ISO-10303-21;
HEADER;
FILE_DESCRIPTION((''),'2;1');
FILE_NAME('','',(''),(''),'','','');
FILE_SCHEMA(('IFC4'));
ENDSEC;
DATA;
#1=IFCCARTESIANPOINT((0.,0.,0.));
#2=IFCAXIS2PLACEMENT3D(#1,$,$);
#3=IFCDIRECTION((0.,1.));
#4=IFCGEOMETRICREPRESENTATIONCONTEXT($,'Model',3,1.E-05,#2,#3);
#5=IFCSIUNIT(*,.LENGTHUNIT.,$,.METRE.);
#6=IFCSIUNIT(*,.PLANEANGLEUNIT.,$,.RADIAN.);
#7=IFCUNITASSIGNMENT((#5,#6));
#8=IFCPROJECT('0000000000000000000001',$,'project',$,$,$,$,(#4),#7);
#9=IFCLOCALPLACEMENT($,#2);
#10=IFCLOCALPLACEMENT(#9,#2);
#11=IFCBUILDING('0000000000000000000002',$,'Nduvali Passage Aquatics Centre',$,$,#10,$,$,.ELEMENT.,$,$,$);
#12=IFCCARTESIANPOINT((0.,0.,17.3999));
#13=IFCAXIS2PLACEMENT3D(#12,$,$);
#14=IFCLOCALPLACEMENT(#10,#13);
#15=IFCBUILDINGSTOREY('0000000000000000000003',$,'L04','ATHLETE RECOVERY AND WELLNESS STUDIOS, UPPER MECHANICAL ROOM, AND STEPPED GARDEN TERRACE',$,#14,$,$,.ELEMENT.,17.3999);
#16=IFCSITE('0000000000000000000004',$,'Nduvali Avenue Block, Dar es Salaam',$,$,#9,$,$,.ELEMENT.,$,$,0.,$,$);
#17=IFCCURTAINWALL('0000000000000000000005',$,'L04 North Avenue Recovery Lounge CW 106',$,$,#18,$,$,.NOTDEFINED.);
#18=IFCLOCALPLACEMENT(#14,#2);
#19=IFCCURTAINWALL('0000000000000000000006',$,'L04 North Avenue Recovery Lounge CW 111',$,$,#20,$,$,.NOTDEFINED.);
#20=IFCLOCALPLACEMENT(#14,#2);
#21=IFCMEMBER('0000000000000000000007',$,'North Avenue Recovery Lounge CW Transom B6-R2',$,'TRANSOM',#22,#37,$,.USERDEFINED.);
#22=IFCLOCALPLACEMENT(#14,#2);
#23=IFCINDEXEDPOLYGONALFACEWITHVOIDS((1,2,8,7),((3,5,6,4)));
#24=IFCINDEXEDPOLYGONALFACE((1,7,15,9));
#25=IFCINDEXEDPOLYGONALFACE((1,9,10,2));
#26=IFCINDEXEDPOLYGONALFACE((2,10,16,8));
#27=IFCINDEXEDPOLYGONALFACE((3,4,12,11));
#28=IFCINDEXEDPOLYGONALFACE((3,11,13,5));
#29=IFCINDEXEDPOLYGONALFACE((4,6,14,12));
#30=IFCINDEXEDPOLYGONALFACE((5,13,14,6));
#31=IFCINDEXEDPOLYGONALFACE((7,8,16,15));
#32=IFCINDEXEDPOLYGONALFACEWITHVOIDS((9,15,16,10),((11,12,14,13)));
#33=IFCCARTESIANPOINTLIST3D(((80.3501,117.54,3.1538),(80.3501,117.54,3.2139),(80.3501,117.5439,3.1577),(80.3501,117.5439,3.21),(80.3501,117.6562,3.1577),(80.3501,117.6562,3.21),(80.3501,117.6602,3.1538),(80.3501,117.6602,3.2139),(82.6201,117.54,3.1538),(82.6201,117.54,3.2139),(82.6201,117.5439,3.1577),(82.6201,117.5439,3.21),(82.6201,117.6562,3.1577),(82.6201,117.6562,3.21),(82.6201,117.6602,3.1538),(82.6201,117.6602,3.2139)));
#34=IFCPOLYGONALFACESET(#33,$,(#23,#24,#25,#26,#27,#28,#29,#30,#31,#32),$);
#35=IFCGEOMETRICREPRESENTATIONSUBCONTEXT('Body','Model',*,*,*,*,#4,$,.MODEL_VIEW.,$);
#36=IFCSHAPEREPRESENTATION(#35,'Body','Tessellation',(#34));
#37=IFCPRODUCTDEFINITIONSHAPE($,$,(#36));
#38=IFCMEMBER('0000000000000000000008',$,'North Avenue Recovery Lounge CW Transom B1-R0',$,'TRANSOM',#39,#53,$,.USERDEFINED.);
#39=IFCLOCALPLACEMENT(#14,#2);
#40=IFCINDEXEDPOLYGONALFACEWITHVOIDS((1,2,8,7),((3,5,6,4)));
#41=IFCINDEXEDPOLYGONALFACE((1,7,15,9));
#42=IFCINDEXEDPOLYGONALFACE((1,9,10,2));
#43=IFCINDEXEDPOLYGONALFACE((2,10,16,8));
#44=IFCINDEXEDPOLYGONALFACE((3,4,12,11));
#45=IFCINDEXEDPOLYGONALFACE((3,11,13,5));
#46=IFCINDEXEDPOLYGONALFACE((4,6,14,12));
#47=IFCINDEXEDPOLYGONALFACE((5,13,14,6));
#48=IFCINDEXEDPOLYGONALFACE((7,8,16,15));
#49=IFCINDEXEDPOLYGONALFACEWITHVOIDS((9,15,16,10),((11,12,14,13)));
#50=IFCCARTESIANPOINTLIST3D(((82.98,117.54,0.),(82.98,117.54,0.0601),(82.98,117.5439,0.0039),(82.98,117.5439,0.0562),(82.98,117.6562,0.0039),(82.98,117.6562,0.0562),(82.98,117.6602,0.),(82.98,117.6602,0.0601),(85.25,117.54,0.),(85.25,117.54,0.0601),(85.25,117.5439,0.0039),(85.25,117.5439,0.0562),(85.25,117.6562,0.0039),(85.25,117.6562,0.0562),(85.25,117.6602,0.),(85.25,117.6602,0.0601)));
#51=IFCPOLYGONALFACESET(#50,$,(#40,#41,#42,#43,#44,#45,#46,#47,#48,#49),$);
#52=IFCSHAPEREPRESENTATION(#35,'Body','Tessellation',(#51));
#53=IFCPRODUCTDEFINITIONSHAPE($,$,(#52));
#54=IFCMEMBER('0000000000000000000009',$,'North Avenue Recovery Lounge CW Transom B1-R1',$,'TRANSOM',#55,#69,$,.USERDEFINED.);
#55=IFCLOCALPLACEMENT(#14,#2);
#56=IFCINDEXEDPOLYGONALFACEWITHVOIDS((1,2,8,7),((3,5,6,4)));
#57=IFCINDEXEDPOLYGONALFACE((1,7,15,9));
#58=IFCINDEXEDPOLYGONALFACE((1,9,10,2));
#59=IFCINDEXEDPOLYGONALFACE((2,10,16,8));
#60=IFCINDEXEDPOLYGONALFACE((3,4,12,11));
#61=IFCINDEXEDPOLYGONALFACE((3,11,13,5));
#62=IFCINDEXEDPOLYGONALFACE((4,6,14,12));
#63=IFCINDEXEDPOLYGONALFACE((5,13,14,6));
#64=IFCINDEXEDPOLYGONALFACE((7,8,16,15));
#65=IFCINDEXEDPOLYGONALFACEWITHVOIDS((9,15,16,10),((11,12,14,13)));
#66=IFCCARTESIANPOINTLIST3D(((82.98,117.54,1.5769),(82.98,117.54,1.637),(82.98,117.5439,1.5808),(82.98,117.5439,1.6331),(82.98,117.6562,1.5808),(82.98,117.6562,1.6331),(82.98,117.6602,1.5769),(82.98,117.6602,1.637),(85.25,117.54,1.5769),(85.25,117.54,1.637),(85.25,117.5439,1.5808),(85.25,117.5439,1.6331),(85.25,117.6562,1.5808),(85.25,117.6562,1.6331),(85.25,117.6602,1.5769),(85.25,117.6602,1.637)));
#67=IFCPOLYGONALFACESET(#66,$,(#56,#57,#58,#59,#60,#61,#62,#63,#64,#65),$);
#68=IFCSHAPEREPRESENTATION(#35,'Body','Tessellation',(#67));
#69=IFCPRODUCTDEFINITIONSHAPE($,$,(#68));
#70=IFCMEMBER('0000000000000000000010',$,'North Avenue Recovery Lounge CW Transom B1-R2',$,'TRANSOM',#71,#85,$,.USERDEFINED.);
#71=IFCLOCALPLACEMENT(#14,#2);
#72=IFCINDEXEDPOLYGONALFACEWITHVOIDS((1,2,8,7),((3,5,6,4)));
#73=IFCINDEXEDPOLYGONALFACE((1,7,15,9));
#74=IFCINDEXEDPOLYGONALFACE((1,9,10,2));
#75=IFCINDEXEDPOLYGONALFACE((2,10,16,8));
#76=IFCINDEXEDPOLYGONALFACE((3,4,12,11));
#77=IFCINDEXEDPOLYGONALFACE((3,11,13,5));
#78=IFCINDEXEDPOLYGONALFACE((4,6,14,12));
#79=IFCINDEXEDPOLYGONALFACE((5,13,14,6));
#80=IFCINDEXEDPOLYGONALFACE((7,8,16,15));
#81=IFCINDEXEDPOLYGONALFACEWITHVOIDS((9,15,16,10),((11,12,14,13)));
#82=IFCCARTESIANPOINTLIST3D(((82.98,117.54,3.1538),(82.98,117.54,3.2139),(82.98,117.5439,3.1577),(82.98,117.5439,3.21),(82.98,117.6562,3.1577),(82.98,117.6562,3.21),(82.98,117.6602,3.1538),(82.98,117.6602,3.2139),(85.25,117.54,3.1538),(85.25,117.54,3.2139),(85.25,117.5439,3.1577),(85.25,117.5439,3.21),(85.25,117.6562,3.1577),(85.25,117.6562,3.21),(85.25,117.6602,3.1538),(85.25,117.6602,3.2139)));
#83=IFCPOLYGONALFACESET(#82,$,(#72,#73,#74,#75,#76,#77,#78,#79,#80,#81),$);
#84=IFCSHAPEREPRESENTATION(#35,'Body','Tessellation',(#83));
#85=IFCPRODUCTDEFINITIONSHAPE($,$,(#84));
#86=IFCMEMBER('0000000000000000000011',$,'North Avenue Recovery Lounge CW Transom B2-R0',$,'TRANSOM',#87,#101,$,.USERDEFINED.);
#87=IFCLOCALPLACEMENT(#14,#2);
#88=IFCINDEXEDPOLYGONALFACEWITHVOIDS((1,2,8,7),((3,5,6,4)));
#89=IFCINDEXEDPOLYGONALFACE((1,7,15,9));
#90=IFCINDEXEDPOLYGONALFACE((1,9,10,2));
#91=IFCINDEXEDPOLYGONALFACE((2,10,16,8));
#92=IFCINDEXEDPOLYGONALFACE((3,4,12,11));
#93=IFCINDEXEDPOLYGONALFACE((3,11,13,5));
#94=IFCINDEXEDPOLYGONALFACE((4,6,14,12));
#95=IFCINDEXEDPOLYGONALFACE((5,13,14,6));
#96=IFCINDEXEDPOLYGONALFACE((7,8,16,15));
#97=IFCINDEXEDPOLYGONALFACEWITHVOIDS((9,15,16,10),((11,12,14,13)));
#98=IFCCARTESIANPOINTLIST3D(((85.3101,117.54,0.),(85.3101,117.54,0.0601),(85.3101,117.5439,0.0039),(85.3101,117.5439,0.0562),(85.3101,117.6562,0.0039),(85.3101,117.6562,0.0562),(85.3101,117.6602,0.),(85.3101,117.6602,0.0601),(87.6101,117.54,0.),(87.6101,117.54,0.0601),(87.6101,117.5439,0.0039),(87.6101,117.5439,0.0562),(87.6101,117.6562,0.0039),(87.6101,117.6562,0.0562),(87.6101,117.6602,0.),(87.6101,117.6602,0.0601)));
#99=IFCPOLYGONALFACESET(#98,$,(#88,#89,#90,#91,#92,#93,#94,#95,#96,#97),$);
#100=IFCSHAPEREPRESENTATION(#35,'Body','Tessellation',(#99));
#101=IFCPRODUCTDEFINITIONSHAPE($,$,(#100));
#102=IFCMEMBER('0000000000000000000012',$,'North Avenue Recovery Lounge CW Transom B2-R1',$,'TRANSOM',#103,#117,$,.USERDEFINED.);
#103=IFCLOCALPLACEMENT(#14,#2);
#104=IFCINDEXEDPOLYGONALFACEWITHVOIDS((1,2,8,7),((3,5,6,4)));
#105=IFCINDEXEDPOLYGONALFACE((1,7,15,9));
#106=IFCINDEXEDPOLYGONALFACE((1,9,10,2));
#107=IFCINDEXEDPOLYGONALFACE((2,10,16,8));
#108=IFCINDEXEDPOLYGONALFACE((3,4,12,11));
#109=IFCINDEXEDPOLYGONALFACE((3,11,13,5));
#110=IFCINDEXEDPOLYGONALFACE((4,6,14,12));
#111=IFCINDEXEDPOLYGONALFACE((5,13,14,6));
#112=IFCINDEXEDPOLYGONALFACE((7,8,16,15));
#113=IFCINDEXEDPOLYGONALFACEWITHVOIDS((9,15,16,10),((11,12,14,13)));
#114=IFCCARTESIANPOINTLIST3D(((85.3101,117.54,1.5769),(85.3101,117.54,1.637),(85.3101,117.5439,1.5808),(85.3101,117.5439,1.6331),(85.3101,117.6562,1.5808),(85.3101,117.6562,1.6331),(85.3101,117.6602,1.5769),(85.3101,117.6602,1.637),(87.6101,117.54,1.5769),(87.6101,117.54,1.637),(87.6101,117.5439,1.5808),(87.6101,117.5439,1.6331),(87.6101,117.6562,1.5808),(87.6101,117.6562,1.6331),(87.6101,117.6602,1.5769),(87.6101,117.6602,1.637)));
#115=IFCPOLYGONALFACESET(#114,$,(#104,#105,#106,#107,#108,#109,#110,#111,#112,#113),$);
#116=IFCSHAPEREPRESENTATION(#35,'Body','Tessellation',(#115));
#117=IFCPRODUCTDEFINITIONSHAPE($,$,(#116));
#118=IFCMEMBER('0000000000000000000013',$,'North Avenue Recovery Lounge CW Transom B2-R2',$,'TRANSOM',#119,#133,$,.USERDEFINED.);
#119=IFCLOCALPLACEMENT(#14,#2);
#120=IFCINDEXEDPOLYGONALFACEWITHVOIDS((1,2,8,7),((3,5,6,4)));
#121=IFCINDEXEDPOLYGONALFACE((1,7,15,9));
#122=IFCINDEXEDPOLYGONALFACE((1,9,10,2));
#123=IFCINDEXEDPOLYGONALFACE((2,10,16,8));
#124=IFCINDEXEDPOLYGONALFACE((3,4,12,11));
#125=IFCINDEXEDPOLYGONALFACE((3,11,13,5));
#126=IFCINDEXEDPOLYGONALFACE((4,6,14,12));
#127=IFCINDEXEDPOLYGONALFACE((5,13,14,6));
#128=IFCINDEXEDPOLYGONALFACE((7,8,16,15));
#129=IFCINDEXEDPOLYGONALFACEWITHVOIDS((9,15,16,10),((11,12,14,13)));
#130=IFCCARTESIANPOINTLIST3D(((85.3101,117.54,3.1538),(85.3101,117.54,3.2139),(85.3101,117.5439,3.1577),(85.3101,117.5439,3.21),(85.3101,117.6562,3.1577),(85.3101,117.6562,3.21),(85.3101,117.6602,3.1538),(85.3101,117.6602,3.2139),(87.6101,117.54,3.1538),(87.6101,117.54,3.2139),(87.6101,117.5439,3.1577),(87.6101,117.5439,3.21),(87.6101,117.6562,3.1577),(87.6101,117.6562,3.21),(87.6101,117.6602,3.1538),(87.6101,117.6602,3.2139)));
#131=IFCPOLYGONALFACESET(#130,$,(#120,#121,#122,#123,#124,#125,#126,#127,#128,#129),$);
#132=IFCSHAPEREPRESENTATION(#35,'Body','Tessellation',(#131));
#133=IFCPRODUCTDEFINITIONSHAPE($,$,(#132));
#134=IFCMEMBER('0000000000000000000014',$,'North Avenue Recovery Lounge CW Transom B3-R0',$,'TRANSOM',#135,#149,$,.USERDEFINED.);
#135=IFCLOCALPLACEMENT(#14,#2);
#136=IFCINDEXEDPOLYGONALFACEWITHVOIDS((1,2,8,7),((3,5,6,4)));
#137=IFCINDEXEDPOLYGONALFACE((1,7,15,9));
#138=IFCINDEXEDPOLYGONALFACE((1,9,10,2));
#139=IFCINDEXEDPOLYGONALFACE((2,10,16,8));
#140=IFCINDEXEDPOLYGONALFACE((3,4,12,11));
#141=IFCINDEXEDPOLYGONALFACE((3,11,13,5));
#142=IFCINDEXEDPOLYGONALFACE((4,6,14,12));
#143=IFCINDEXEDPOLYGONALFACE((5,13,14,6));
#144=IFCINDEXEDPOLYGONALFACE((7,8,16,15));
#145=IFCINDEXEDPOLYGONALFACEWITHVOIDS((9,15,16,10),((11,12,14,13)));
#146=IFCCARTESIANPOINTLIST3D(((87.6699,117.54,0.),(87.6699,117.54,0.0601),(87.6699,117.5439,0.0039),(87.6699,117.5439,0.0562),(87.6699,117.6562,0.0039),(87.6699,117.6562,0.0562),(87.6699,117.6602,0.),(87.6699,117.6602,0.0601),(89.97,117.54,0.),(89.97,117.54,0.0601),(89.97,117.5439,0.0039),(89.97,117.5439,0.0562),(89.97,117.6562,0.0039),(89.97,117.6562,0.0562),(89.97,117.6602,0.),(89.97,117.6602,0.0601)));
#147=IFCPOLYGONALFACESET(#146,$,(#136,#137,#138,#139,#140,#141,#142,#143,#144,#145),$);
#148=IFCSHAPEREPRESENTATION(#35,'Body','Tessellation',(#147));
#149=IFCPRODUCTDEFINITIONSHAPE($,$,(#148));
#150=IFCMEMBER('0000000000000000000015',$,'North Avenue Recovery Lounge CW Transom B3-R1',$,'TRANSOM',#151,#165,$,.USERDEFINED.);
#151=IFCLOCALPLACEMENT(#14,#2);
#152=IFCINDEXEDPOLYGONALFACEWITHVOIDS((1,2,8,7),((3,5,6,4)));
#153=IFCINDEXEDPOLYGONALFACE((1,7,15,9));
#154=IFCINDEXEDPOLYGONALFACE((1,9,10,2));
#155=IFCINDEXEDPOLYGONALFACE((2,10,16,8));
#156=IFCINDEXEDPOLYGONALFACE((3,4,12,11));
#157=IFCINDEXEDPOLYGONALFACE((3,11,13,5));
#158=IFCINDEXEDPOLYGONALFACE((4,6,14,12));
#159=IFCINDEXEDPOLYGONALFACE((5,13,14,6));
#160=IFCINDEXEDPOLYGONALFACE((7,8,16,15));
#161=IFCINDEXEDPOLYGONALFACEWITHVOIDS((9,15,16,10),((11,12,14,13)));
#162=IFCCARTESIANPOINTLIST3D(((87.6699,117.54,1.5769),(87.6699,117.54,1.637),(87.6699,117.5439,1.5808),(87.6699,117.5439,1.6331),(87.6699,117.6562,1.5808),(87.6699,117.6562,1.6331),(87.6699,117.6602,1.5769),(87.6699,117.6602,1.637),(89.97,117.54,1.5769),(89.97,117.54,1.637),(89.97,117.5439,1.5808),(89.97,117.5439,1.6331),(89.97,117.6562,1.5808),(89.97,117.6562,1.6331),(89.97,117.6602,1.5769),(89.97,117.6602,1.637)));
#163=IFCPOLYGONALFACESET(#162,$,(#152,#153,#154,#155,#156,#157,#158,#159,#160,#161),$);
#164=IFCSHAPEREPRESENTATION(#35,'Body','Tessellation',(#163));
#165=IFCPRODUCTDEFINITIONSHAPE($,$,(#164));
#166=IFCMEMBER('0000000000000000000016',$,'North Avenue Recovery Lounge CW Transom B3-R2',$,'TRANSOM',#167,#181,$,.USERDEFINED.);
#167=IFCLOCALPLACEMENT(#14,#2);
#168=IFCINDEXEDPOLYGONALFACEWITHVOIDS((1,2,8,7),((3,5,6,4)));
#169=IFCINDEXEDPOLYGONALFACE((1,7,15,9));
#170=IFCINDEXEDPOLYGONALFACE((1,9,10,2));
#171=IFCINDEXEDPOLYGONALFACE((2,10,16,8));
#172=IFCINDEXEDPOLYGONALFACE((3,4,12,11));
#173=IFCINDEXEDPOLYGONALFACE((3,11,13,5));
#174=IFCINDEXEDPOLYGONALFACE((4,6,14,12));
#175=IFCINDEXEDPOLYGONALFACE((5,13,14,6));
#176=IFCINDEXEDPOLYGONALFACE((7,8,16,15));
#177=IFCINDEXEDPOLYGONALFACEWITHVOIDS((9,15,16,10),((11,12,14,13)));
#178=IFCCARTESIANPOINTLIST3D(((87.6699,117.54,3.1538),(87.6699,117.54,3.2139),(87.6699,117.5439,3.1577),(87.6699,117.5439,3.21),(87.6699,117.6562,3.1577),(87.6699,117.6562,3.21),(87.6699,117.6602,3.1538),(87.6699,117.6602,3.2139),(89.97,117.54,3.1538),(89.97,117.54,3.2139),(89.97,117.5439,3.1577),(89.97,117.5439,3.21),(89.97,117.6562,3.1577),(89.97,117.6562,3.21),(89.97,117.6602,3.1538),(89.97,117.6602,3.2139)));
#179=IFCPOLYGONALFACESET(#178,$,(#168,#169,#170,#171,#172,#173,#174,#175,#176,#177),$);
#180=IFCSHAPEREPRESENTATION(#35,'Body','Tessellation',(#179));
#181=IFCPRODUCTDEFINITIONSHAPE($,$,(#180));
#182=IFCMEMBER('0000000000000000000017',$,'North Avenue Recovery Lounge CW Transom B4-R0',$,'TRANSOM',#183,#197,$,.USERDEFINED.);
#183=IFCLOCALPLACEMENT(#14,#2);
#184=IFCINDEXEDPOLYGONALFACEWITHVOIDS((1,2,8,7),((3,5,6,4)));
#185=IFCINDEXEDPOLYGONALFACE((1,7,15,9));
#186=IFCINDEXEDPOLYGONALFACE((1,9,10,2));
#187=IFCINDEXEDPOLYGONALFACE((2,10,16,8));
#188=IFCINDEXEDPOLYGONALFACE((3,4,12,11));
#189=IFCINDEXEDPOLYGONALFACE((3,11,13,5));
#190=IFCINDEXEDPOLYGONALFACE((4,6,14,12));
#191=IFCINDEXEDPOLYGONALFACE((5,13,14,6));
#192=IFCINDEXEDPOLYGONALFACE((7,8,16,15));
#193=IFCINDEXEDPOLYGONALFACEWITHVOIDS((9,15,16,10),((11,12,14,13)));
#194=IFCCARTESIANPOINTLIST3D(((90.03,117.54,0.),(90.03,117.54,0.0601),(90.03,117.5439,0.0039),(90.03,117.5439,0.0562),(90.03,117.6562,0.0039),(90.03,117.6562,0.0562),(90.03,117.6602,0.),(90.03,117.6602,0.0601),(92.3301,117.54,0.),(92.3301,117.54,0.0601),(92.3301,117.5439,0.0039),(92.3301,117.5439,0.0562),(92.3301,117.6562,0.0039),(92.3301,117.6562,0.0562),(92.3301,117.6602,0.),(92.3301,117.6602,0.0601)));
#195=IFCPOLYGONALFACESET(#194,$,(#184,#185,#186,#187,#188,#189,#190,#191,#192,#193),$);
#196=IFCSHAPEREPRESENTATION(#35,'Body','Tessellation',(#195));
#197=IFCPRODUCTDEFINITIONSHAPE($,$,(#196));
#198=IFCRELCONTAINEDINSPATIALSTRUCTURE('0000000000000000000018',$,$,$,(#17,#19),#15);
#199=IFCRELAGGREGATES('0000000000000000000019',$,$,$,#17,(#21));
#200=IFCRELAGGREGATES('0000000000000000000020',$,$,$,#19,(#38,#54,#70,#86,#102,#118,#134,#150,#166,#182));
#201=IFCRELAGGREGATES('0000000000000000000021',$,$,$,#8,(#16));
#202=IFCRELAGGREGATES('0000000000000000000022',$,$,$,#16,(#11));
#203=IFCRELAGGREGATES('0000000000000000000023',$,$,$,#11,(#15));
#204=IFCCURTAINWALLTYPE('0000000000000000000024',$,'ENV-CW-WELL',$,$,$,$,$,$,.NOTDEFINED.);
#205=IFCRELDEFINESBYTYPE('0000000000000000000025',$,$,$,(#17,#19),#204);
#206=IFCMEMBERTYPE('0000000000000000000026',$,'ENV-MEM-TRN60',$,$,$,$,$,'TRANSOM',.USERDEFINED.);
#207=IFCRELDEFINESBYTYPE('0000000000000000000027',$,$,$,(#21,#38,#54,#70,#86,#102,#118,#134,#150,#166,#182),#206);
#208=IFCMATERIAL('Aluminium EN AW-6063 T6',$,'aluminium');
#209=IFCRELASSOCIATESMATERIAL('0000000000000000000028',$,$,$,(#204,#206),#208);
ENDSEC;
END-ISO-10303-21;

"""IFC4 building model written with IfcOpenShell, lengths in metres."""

from ifc_helpers import new_model, si_unit, direction, frame, origin, origin_2d, place, context, subcontext, project, spatial, hollow_rectangle, extrude, material, material_profile, profile_set, type_object, element, aggregate, save


model = new_model("IFC4")

# Units and contexts
model_context = context("Model", 3, precision=1e-05, world=origin(), true_north=direction((0.0, 1.0)))
body_context = subcontext(model_context, "Body", "Model", "MODEL_VIEW")
ifc_project = project(units=[si_unit("LENGTHUNIT", "METRE"), si_unit("PLANEANGLEUNIT", "RADIAN")], contexts=[model_context])

# Site, building, storey
site_placement = place(None, origin())
site = spatial("IfcSite", under=ifc_project, at=site_placement, Name="Nduvali Avenue Block, Dar es Salaam", CompositionType="ELEMENT", RefElevation=0.0)
building_placement = place(site_placement, origin())
building = spatial("IfcBuilding", under=site, at=building_placement, Name="Nduvali Passage Aquatics Centre", CompositionType="ELEMENT")
storey_placement = place(building_placement, frame((0.0, 0.0, 17.3999)))
storey = spatial("IfcBuildingStorey", under=building, at=storey_placement, Name="L04", Description="ATHLETE RECOVERY AND WELLNESS STUDIOS, UPPER MECHANICAL ROOM, AND STEPPED GARDEN TERRACE", CompositionType="ELEMENT", Elevation=17.3999)

# Curtain wall
ifc_material_1 = material(Name="Aluminium EN AW-6063 T6", Category="aluminium")
curtain_wall_type = type_object("IfcCurtainWallType", Name="ENV-CW-WELL", PredefinedType="NOTDEFINED", material=ifc_material_1)
curtain_wall_1_placement = place(storey_placement, origin())
curtain_wall_1 = element("IfcCurtainWall", 1, at=curtain_wall_1_placement, inside=storey, type_object=curtain_wall_type, Name="L04 North Avenue Recovery Lounge CW 106", PredefinedType="NOTDEFINED")

# Curtain wall
curtain_wall_2_placement = place(storey_placement, origin())
curtain_wall_2 = element("IfcCurtainWall", 2, at=curtain_wall_2_placement, inside=storey, type_object=curtain_wall_type, Name="L04 North Avenue Recovery Lounge CW 111", PredefinedType="NOTDEFINED")

# Members
ifc_material_profile_1 = material_profile(ifc_material_1, hollow_rectangle(XDim=0.1201, YDim=0.0601, WallThickness=0.0039, at=origin_2d()), Name="ALU TRANSOM 120x60x4")
ifc_profile_set_1 = profile_set([ifc_material_profile_1], Name="Aluminium EN AW-6063 T6")
member_type_1 = type_object("IfcMemberType", Name="ENV-MEM-TRN60", ElementType="TRANSOM", PredefinedType="USERDEFINED", material=ifc_profile_set_1)
member_1_placement = place(storey_placement, frame((80.3501, 117.6001, 3.1838), z_axis=(1.0, 0.0, 0.0), x_axis=(0.0, 1.0, 0.0)))
member_1 = element("IfcMember", 3, at=member_1_placement, type_object=member_type_1, Name="North Avenue Recovery Lounge CW Transom B6-R2", ObjectType="TRANSOM", PredefinedType="USERDEFINED", context=body_context, shape_type="SweptSolid", body=[
    extrude(hollow_rectangle(XDim=0.1201, YDim=0.0601, WallThickness=0.0039, at=origin_2d()), origin(), (0.0, 0.0, 1.0), 2.27),
])
member_2_placement = place(storey_placement, frame((82.98, 117.6001, 0.03), z_axis=(1.0, 0.0, 0.0), x_axis=(0.0, 1.0, 0.0)))
member_2 = element("IfcMember", 4, at=member_2_placement, type_object=member_type_1, Name="North Avenue Recovery Lounge CW Transom B1-R0", ObjectType="TRANSOM", PredefinedType="USERDEFINED", context=body_context, shape_type="SweptSolid", body=[
    extrude(hollow_rectangle(XDim=0.1201, YDim=0.0601, WallThickness=0.0039, at=origin_2d()), origin(), (0.0, 0.0, 1.0), 2.27),
])
member_3_placement = place(storey_placement, frame((82.98, 117.6001, 1.6069), z_axis=(1.0, 0.0, 0.0), x_axis=(0.0, 1.0, 0.0)))
member_3 = element("IfcMember", 5, at=member_3_placement, type_object=member_type_1, Name="North Avenue Recovery Lounge CW Transom B1-R1", ObjectType="TRANSOM", PredefinedType="USERDEFINED", context=body_context, shape_type="SweptSolid", body=[
    extrude(hollow_rectangle(XDim=0.1201, YDim=0.0601, WallThickness=0.0039, at=origin_2d()), origin(), (0.0, 0.0, 1.0), 2.27),
])
member_4_placement = place(storey_placement, frame((82.98, 117.6001, 3.1838), z_axis=(1.0, 0.0, 0.0), x_axis=(0.0, 1.0, 0.0)))
member_4 = element("IfcMember", 6, at=member_4_placement, type_object=member_type_1, Name="North Avenue Recovery Lounge CW Transom B1-R2", ObjectType="TRANSOM", PredefinedType="USERDEFINED", context=body_context, shape_type="SweptSolid", body=[
    extrude(hollow_rectangle(XDim=0.1201, YDim=0.0601, WallThickness=0.0039, at=origin_2d()), origin(), (0.0, 0.0, 1.0), 2.27),
])
member_5_placement = place(storey_placement, frame((85.3101, 117.6001, 0.03), z_axis=(1.0, 0.0, 0.0), x_axis=(0.0, 1.0, 0.0)))
member_5 = element("IfcMember", 7, at=member_5_placement, type_object=member_type_1, Name="North Avenue Recovery Lounge CW Transom B2-R0", ObjectType="TRANSOM", PredefinedType="USERDEFINED", context=body_context, shape_type="SweptSolid", body=[
    extrude(hollow_rectangle(XDim=0.1201, YDim=0.0601, WallThickness=0.0039, at=origin_2d()), origin(), (0.0, 0.0, 1.0), 2.3),
])
member_6_placement = place(storey_placement, frame((85.3101, 117.6001, 1.6069), z_axis=(1.0, 0.0, 0.0), x_axis=(0.0, 1.0, 0.0)))
member_6 = element("IfcMember", 8, at=member_6_placement, type_object=member_type_1, Name="North Avenue Recovery Lounge CW Transom B2-R1", ObjectType="TRANSOM", PredefinedType="USERDEFINED", context=body_context, shape_type="SweptSolid", body=[
    extrude(hollow_rectangle(XDim=0.1201, YDim=0.0601, WallThickness=0.0039, at=origin_2d()), origin(), (0.0, 0.0, 1.0), 2.3),
])
member_7_placement = place(storey_placement, frame((85.3101, 117.6001, 3.1838), z_axis=(1.0, 0.0, 0.0), x_axis=(0.0, 1.0, 0.0)))
member_7 = element("IfcMember", 9, at=member_7_placement, type_object=member_type_1, Name="North Avenue Recovery Lounge CW Transom B2-R2", ObjectType="TRANSOM", PredefinedType="USERDEFINED", context=body_context, shape_type="SweptSolid", body=[
    extrude(hollow_rectangle(XDim=0.1201, YDim=0.0601, WallThickness=0.0039, at=origin_2d()), origin(), (0.0, 0.0, 1.0), 2.3),
])
member_8_placement = place(storey_placement, frame((87.6699, 117.6001, 0.03), z_axis=(1.0, 0.0, 0.0), x_axis=(0.0, 1.0, 0.0)))
member_8 = element("IfcMember", 10, at=member_8_placement, type_object=member_type_1, Name="North Avenue Recovery Lounge CW Transom B3-R0", ObjectType="TRANSOM", PredefinedType="USERDEFINED", context=body_context, shape_type="SweptSolid", body=[
    extrude(hollow_rectangle(XDim=0.1201, YDim=0.0601, WallThickness=0.0039, at=origin_2d()), origin(), (0.0, 0.0, 1.0), 2.3),
])
member_9_placement = place(storey_placement, frame((87.6699, 117.6001, 1.6069), z_axis=(1.0, 0.0, 0.0), x_axis=(0.0, 1.0, 0.0)))
member_9 = element("IfcMember", 11, at=member_9_placement, type_object=member_type_1, Name="North Avenue Recovery Lounge CW Transom B3-R1", ObjectType="TRANSOM", PredefinedType="USERDEFINED", context=body_context, shape_type="SweptSolid", body=[
    extrude(hollow_rectangle(XDim=0.1201, YDim=0.0601, WallThickness=0.0039, at=origin_2d()), origin(), (0.0, 0.0, 1.0), 2.3),
])
member_10_placement = place(storey_placement, frame((87.6699, 117.6001, 3.1838), z_axis=(1.0, 0.0, 0.0), x_axis=(0.0, 1.0, 0.0)))
member_10 = element("IfcMember", 12, at=member_10_placement, type_object=member_type_1, Name="North Avenue Recovery Lounge CW Transom B3-R2", ObjectType="TRANSOM", PredefinedType="USERDEFINED", context=body_context, shape_type="SweptSolid", body=[
    extrude(hollow_rectangle(XDim=0.1201, YDim=0.0601, WallThickness=0.0039, at=origin_2d()), origin(), (0.0, 0.0, 1.0), 2.3),
])
member_11_placement = place(storey_placement, frame((90.03, 117.6001, 0.03), z_axis=(1.0, 0.0, 0.0), x_axis=(0.0, 1.0, 0.0)))
member_11 = element("IfcMember", 13, at=member_11_placement, type_object=member_type_1, Name="North Avenue Recovery Lounge CW Transom B4-R0", ObjectType="TRANSOM", PredefinedType="USERDEFINED", context=body_context, shape_type="SweptSolid", body=[
    extrude(hollow_rectangle(XDim=0.1201, YDim=0.0601, WallThickness=0.0039, at=origin_2d()), origin(), (0.0, 0.0, 1.0), 2.3),
])

aggregate(curtain_wall_1, [member_1])
aggregate(curtain_wall_2, [member_2, member_3, member_4, member_5, member_6, member_7, member_8, member_9, member_10, member_11])

save(model, "model.ifc")
